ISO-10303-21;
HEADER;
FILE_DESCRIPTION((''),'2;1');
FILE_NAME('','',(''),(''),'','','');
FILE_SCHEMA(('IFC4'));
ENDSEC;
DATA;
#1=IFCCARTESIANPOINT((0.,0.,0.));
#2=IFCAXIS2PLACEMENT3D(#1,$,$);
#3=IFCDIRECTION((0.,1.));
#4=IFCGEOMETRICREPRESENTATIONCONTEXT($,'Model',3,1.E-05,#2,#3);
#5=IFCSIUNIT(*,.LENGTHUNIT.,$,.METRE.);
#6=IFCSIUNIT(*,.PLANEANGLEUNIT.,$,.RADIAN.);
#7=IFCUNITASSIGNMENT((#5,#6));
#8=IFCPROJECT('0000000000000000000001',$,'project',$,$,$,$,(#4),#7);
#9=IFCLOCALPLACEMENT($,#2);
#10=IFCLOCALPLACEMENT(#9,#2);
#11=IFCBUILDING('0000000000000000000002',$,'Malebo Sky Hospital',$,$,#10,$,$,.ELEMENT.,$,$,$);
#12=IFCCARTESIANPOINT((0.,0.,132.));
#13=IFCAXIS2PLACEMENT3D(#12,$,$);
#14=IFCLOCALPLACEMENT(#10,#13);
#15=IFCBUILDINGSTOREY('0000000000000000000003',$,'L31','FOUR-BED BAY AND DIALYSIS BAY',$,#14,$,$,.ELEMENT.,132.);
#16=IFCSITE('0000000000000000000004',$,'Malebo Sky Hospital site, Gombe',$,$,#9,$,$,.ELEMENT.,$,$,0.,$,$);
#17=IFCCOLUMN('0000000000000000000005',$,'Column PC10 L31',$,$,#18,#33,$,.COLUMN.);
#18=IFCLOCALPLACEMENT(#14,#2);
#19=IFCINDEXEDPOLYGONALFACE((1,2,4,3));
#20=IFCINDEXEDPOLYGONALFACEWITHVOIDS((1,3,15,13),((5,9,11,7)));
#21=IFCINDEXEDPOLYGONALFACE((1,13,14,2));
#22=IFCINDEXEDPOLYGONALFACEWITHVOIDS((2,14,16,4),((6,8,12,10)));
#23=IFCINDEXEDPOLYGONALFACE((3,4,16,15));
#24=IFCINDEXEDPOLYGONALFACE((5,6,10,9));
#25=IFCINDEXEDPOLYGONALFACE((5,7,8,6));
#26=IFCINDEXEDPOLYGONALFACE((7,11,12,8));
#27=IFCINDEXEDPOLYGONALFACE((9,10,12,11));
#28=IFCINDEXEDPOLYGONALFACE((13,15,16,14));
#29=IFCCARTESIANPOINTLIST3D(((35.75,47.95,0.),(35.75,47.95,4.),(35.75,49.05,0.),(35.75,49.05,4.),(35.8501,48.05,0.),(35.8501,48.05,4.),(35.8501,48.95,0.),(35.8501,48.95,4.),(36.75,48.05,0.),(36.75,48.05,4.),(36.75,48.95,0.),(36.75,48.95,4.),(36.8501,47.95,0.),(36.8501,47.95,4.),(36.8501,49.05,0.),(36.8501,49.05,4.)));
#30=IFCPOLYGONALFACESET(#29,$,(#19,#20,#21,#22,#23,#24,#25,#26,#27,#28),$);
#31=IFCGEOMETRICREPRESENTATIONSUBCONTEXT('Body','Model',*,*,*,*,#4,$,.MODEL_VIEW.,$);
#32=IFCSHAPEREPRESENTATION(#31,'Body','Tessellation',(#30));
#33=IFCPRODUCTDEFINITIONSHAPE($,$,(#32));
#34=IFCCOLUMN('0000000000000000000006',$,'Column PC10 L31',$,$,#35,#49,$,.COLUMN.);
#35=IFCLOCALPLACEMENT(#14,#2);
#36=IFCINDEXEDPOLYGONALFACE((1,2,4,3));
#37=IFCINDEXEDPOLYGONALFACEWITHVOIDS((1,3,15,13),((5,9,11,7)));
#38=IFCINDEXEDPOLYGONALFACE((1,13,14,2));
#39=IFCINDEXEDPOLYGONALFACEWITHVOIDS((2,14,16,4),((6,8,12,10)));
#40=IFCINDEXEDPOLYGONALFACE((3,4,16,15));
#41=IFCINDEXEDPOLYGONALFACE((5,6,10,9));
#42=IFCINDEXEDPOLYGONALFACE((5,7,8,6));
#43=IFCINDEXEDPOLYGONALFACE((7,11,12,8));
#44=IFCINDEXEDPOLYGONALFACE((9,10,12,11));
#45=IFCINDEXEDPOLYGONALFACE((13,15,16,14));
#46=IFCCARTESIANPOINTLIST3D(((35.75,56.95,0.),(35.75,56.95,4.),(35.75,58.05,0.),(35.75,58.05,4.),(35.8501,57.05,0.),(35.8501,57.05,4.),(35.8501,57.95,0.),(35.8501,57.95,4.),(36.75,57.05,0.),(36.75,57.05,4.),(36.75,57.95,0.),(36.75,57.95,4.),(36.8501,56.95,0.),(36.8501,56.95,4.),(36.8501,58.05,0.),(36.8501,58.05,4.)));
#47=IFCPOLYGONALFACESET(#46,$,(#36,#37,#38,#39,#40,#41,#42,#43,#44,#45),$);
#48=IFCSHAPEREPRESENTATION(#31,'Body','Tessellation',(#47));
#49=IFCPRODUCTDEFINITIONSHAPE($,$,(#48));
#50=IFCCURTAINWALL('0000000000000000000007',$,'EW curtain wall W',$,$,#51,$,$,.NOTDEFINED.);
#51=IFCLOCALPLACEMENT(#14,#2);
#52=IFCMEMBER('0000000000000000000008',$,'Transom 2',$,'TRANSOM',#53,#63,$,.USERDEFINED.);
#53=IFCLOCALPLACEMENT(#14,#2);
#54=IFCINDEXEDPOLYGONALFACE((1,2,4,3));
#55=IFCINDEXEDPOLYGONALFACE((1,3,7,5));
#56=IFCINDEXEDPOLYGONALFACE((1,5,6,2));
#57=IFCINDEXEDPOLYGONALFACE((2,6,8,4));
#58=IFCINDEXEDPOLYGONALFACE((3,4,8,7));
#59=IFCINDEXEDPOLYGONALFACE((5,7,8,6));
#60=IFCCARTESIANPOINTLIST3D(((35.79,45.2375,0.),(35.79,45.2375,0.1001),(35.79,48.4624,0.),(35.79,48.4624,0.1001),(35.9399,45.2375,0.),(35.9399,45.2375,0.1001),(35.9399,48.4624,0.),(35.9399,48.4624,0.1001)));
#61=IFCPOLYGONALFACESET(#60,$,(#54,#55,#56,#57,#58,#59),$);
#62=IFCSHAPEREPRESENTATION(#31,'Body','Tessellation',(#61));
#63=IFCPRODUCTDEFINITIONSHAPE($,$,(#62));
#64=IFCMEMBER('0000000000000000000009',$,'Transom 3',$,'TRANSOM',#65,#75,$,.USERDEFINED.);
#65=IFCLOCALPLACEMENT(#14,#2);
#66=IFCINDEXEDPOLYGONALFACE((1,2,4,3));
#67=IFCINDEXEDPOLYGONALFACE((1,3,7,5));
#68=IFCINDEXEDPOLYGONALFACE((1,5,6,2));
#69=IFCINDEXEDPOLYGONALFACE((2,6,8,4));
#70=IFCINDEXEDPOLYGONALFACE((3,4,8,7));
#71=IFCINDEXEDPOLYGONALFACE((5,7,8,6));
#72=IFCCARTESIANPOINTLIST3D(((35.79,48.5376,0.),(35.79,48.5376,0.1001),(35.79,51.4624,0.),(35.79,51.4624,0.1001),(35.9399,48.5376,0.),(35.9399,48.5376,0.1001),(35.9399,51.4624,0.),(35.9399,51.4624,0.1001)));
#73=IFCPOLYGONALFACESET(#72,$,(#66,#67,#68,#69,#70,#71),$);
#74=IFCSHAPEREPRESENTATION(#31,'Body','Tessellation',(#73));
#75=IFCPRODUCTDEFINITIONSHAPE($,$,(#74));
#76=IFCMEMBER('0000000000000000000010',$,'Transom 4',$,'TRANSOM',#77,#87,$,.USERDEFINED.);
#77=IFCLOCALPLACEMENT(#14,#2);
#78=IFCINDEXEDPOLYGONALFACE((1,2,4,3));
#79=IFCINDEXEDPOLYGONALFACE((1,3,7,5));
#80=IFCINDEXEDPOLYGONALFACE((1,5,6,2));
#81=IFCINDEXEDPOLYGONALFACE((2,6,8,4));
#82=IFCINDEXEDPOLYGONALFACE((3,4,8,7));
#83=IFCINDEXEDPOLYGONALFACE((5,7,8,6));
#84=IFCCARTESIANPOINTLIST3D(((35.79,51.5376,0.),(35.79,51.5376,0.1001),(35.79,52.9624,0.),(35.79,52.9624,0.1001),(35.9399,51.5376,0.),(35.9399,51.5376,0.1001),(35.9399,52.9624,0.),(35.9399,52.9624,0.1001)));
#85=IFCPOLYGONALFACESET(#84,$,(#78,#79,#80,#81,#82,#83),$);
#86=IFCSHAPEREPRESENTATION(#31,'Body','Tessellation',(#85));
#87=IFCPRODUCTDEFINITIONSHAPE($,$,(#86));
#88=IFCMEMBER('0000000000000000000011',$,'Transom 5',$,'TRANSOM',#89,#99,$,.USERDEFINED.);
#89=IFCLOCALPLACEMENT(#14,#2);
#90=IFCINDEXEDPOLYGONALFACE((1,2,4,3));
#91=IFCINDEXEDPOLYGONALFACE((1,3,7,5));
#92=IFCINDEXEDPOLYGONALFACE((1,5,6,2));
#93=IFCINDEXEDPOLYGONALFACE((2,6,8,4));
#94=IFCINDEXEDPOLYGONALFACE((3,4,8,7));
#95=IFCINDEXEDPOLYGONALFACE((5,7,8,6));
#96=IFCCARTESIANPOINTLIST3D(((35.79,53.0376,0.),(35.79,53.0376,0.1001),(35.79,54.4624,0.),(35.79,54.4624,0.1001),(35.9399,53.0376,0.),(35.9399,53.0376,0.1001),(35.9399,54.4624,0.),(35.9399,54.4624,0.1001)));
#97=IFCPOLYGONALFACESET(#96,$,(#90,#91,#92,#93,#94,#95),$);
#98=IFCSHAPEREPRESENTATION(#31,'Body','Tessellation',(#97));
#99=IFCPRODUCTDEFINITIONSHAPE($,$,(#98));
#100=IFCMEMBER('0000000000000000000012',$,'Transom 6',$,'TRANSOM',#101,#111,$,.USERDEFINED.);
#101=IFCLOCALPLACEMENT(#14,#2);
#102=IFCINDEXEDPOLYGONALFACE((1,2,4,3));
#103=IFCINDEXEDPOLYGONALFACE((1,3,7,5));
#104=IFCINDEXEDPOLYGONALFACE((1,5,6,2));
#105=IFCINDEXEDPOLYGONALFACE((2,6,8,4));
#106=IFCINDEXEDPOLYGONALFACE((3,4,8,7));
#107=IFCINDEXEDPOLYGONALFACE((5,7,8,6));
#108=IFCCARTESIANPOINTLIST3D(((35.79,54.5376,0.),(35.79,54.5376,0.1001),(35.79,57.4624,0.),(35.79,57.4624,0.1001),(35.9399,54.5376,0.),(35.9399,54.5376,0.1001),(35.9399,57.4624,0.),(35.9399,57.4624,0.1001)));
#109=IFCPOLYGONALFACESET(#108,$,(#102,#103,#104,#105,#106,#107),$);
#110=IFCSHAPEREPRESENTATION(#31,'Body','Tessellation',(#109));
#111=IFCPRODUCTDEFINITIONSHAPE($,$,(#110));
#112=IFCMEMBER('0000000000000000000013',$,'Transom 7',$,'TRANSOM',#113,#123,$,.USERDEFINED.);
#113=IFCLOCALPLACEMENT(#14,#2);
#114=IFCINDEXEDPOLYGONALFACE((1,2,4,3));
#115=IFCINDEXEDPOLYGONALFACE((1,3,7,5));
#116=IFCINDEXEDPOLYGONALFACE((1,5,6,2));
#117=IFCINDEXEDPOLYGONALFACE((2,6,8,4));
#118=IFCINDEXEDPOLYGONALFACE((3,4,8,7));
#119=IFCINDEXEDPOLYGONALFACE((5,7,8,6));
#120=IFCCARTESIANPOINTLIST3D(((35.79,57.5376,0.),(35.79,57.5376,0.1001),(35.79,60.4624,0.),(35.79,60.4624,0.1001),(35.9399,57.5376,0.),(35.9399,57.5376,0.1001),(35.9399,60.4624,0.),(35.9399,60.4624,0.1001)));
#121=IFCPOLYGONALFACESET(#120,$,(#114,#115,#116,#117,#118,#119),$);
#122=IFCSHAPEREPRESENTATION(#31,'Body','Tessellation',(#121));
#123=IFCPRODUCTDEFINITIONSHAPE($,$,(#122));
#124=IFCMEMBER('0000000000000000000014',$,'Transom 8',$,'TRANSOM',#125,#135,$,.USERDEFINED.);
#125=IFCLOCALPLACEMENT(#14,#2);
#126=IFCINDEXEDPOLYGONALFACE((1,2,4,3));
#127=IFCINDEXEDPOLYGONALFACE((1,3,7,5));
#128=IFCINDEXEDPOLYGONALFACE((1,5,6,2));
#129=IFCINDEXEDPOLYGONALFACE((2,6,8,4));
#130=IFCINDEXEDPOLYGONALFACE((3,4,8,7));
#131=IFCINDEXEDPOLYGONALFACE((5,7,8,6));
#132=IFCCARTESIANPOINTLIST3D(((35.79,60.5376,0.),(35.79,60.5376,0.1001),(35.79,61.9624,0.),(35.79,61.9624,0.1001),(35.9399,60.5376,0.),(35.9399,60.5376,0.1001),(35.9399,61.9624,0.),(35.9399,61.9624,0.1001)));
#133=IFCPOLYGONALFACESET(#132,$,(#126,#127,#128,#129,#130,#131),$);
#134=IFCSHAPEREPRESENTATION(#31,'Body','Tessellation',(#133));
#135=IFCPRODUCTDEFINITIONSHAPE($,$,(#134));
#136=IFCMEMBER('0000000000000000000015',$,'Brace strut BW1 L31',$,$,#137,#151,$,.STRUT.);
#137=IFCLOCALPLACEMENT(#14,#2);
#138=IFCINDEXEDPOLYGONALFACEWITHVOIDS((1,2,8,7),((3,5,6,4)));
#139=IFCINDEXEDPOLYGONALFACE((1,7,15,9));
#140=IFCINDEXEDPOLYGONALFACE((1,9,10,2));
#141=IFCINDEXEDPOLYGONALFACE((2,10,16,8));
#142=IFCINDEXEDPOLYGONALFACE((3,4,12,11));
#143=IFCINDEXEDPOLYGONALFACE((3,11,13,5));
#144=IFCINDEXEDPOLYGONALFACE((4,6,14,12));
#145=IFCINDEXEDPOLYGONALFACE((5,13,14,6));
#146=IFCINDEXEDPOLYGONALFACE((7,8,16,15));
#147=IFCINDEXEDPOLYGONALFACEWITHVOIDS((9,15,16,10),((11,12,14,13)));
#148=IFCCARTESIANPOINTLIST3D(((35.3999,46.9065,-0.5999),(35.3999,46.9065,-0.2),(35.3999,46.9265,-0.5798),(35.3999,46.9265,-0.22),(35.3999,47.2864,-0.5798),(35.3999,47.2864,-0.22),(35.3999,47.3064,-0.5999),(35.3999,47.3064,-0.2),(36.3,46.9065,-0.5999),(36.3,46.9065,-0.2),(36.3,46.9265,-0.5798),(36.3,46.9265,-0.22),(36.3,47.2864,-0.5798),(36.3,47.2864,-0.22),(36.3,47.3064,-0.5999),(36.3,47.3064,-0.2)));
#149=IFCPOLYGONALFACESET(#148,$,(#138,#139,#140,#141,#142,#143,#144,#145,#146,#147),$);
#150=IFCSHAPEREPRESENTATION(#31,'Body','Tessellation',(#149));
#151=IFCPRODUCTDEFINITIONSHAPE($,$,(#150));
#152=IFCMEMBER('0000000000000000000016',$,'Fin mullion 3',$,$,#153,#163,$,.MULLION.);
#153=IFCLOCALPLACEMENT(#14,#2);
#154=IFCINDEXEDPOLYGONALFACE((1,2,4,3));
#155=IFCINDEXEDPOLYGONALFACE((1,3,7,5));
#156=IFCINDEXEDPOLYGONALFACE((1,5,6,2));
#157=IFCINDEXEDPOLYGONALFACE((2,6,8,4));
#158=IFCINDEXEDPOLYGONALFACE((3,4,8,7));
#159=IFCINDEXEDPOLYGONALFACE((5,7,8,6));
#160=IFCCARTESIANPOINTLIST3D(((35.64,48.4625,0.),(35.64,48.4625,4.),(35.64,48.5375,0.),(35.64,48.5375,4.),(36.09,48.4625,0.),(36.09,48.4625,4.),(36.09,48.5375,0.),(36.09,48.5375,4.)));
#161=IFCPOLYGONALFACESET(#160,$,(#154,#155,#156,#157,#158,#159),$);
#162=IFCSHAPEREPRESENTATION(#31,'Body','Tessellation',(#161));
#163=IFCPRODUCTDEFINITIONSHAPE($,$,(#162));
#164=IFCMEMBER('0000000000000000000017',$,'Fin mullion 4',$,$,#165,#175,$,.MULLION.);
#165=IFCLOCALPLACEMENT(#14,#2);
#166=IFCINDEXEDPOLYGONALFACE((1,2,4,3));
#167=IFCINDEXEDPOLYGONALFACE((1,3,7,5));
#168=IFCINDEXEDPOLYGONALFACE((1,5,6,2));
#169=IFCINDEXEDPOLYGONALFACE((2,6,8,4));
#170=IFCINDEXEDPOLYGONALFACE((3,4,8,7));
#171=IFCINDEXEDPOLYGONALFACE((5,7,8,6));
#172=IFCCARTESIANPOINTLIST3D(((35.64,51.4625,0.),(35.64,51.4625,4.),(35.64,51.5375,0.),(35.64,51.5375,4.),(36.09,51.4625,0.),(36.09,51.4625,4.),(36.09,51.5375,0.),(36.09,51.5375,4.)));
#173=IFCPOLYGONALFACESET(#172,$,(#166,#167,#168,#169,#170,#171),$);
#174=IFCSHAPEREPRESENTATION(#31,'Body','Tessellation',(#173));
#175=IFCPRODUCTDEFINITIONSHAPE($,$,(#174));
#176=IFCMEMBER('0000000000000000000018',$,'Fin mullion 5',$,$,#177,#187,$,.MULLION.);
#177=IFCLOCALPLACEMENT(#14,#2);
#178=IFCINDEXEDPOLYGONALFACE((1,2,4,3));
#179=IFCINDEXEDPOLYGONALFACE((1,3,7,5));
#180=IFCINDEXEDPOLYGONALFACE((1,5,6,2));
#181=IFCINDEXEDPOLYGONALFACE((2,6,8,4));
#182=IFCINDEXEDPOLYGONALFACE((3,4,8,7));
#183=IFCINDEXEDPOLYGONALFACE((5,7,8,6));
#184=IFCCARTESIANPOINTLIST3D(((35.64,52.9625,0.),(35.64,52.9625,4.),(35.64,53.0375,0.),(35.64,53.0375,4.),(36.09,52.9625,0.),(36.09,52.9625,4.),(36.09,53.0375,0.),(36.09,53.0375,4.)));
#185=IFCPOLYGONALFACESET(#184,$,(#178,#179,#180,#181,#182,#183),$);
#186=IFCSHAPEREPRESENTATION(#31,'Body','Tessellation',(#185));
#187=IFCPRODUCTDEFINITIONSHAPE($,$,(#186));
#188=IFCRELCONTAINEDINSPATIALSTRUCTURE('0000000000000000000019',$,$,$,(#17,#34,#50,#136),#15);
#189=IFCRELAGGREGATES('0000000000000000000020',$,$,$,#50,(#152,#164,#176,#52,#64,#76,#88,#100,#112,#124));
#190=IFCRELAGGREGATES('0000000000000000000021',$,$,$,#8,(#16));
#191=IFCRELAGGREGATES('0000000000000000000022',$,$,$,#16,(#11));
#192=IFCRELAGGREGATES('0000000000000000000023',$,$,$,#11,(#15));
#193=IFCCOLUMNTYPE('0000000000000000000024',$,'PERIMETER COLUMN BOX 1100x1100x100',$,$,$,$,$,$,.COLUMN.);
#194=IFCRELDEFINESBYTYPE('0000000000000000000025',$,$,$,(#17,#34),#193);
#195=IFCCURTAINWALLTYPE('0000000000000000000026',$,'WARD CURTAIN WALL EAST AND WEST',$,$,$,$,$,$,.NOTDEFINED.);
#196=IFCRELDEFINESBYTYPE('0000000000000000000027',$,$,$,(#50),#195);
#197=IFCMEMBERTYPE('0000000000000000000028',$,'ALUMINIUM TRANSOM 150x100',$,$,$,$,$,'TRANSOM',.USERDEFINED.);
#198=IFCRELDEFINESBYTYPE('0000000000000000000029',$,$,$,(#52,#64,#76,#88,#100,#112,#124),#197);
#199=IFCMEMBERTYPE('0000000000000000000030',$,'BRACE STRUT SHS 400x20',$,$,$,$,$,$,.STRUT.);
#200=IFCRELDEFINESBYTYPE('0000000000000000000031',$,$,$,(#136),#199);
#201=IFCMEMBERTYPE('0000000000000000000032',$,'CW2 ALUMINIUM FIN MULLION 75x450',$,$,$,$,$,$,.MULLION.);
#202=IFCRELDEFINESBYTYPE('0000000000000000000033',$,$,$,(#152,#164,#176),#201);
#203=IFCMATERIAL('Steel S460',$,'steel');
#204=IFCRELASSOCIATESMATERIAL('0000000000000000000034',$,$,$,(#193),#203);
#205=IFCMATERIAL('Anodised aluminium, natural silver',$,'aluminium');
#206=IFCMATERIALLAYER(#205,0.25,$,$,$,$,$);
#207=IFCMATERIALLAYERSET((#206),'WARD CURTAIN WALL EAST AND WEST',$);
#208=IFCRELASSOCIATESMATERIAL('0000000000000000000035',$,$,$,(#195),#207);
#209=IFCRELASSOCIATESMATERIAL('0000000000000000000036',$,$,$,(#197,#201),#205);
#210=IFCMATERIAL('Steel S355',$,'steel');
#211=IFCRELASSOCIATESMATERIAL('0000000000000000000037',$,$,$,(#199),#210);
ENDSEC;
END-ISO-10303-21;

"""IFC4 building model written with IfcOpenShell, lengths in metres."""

from ifc_helpers import new_model, si_unit, direction, frame, origin, origin_2d, place, context, subcontext, project, spatial, rectangle, hollow_rectangle, extrude, material, layer, layer_set, material_profile, profile_set, type_object, element, aggregate, save


model = new_model("IFC4")

# Units and contexts
model_context = context("Model", 3, precision=1e-05, world=origin(), true_north=direction((0.0, 1.0)))
body_context = subcontext(model_context, "Body", "Model", "MODEL_VIEW")
ifc_project = project(units=[si_unit("LENGTHUNIT", "METRE"), si_unit("PLANEANGLEUNIT", "RADIAN")], contexts=[model_context])

# Site, building, storey
site_placement = place(None, origin())
site = spatial("IfcSite", under=ifc_project, at=site_placement, Name="Malebo Sky Hospital site, Gombe", CompositionType="ELEMENT", RefElevation=0.0)
building_placement = place(site_placement, origin())
building = spatial("IfcBuilding", under=site, at=building_placement, Name="Malebo Sky Hospital", CompositionType="ELEMENT")
storey_placement = place(building_placement, frame((0.0, 0.0, 132.0)))
storey = spatial("IfcBuildingStorey", under=building, at=storey_placement, Name="L31", Description="FOUR-BED BAY AND DIALYSIS BAY", CompositionType="ELEMENT", Elevation=132.0)

# Columns
ifc_material_1 = material(Name="Steel S460", Category="steel")
ifc_material_profile_1 = material_profile(ifc_material_1, hollow_rectangle(XDim=1.1001, YDim=1.1001, WallThickness=0.1001, at=origin_2d()), Name="BOX 1100x1100x100")
ifc_profile_set_1 = profile_set([ifc_material_profile_1], Name="Steel S460")
column_type = type_object("IfcColumnType", Name="PERIMETER COLUMN BOX 1100x1100x100", PredefinedType="COLUMN", material=ifc_profile_set_1)
for number, where, z_axis, x_axis, name in (
    (1, (36.3, 48.5, 0.0), (0.0, 0.0, 1.0), (1.0, 0.0, 0.0), "Column PC10 L31"),
    (2, (36.3, 57.5, 0.0), (0.0, 0.0, 1.0), (1.0, 0.0, 0.0), "Column PC10 L31"),
):
    element("IfcColumn", number, at=place(storey_placement, frame(where, z_axis=z_axis, x_axis=x_axis)), inside=storey, type_object=column_type, Name=name, PredefinedType="COLUMN", context=body_context, shape_type="SweptSolid", body=[
        extrude(hollow_rectangle(XDim=1.1001, YDim=1.1001, WallThickness=0.1001, at=origin_2d()), origin(), (0.0, 0.0, 1.0), 4.0),
    ])

# Curtain wall, members
ifc_material_2 = material(Name="Anodised aluminium, natural silver", Category="aluminium")
ifc_layer_1 = layer(ifc_material_2, 0.25)
ifc_layer_set_1 = layer_set([ifc_layer_1], Name="WARD CURTAIN WALL EAST AND WEST")
curtain_wall_type = type_object("IfcCurtainWallType", Name="WARD CURTAIN WALL EAST AND WEST", PredefinedType="NOTDEFINED", material=ifc_layer_set_1)
curtain_wall_placement = place(storey_placement, origin())
curtain_wall = element("IfcCurtainWall", 3, at=curtain_wall_placement, inside=storey, type_object=curtain_wall_type, Name="EW curtain wall W", PredefinedType="NOTDEFINED")
ifc_material_profile_2 = material_profile(ifc_material_2, rectangle(XDim=0.1499, YDim=0.1001, at=origin_2d()), Name="ALUMINIUM TRANSOM 150x100")
ifc_profile_set_2 = profile_set([ifc_material_profile_2], Name="Anodised aluminium, natural silver")
member_type_1 = type_object("IfcMemberType", Name="ALUMINIUM TRANSOM 150x100", ElementType="TRANSOM", PredefinedType="USERDEFINED", material=ifc_profile_set_2)
member_1_placement = place(storey_placement, frame((35.865, 45.2375, 0.05), z_axis=(0.0, 1.0, 0.0), x_axis=(-1.0, 0.0, 0.0)))
member_1 = element("IfcMember", 4, at=member_1_placement, type_object=member_type_1, Name="Transom 2", ObjectType="TRANSOM", PredefinedType="USERDEFINED", context=body_context, shape_type="SweptSolid", body=[
    extrude(rectangle(XDim=0.1499, YDim=0.1001, at=origin_2d()), origin(), (0.0, 0.0, 1.0), 3.2249),
])
member_2_placement = place(storey_placement, frame((35.865, 48.5376, 0.05), z_axis=(0.0, 1.0, 0.0), x_axis=(-1.0, 0.0, 0.0)))
member_2 = element("IfcMember", 5, at=member_2_placement, type_object=member_type_1, Name="Transom 3", ObjectType="TRANSOM", PredefinedType="USERDEFINED", context=body_context, shape_type="SweptSolid", body=[
    extrude(rectangle(XDim=0.1499, YDim=0.1001, at=origin_2d()), origin(), (0.0, 0.0, 1.0), 2.9248),
])
member_3_placement = place(storey_placement, frame((35.865, 51.5376, 0.05), z_axis=(0.0, 1.0, 0.0), x_axis=(-1.0, 0.0, 0.0)))
member_3 = element("IfcMember", 6, at=member_3_placement, type_object=member_type_1, Name="Transom 4", ObjectType="TRANSOM", PredefinedType="USERDEFINED", context=body_context, shape_type="SweptSolid", body=[
    extrude(rectangle(XDim=0.1499, YDim=0.1001, at=origin_2d()), origin(), (0.0, 0.0, 1.0), 1.4248),
])
member_4_placement = place(storey_placement, frame((35.865, 53.0376, 0.05), z_axis=(0.0, 1.0, 0.0), x_axis=(-1.0, 0.0, 0.0)))
member_4 = element("IfcMember", 7, at=member_4_placement, type_object=member_type_1, Name="Transom 5", ObjectType="TRANSOM", PredefinedType="USERDEFINED", context=body_context, shape_type="SweptSolid", body=[
    extrude(rectangle(XDim=0.1499, YDim=0.1001, at=origin_2d()), origin(), (0.0, 0.0, 1.0), 1.4248),
])
member_5_placement = place(storey_placement, frame((35.865, 54.5376, 0.05), z_axis=(0.0, 1.0, 0.0), x_axis=(-1.0, 0.0, 0.0)))
member_5 = element("IfcMember", 8, at=member_5_placement, type_object=member_type_1, Name="Transom 6", ObjectType="TRANSOM", PredefinedType="USERDEFINED", context=body_context, shape_type="SweptSolid", body=[
    extrude(rectangle(XDim=0.1499, YDim=0.1001, at=origin_2d()), origin(), (0.0, 0.0, 1.0), 2.9248),
])
member_6_placement = place(storey_placement, frame((35.865, 57.5376, 0.05), z_axis=(0.0, 1.0, 0.0), x_axis=(-1.0, 0.0, 0.0)))
member_6 = element("IfcMember", 9, at=member_6_placement, type_object=member_type_1, Name="Transom 7", ObjectType="TRANSOM", PredefinedType="USERDEFINED", context=body_context, shape_type="SweptSolid", body=[
    extrude(rectangle(XDim=0.1499, YDim=0.1001, at=origin_2d()), origin(), (0.0, 0.0, 1.0), 2.9248),
])
member_7_placement = place(storey_placement, frame((35.865, 60.5376, 0.05), z_axis=(0.0, 1.0, 0.0), x_axis=(-1.0, 0.0, 0.0)))
member_7 = element("IfcMember", 10, at=member_7_placement, type_object=member_type_1, Name="Transom 8", ObjectType="TRANSOM", PredefinedType="USERDEFINED", context=body_context, shape_type="SweptSolid", body=[
    extrude(rectangle(XDim=0.1499, YDim=0.1001, at=origin_2d()), origin(), (0.0, 0.0, 1.0), 1.4248),
])

# Members
ifc_material_3 = material(Name="Steel S355", Category="steel")
ifc_material_profile_3 = material_profile(ifc_material_3, hollow_rectangle(XDim=0.3999, YDim=0.3999, WallThickness=0.02, at=origin_2d()), Name="SHS 400x20")
ifc_profile_set_3 = profile_set([ifc_material_profile_3], Name="Steel S355")
member_type_2 = type_object("IfcMemberType", Name="BRACE STRUT SHS 400x20", PredefinedType="STRUT", material=ifc_profile_set_3)
member_8_placement = place(storey_placement, frame((35.3999, 47.1064, -0.3999), z_axis=(1.0, 0.0, 0.0), x_axis=(0.0, 1.0, 0.0)))
element("IfcMember", 11, at=member_8_placement, inside=storey, type_object=member_type_2, Name="Brace strut BW1 L31", PredefinedType="STRUT", context=body_context, shape_type="SweptSolid", body=[
    extrude(hollow_rectangle(XDim=0.3999, YDim=0.3999, WallThickness=0.02, at=origin_2d()), origin(), (0.0, 0.0, 1.0), 0.9001),
])
ifc_material_profile_4 = material_profile(ifc_material_2, rectangle(XDim=0.075, YDim=0.45, at=origin_2d()), Name="CW2 ALUMINIUM FIN MULLION 75x450")
ifc_profile_set_4 = profile_set([ifc_material_profile_4], Name="Anodised aluminium, natural silver")
member_type_3 = type_object("IfcMemberType", Name="CW2 ALUMINIUM FIN MULLION 75x450", PredefinedType="MULLION", material=ifc_profile_set_4)
member_9_placement = place(storey_placement, frame((35.865, 48.5, 0.0), z_axis=(0.0, 0.0, 1.0), x_axis=(0.0, 1.0, 0.0)))
member_9 = element("IfcMember", 12, at=member_9_placement, type_object=member_type_3, Name="Fin mullion 3", PredefinedType="MULLION", context=body_context, shape_type="SweptSolid", body=[
    extrude(rectangle(XDim=0.075, YDim=0.45, at=origin_2d()), origin(), (0.0, 0.0, 1.0), 4.0),
])
member_10_placement = place(storey_placement, frame((35.865, 51.5, 0.0), z_axis=(0.0, 0.0, 1.0), x_axis=(0.0, 1.0, 0.0)))
member_10 = element("IfcMember", 13, at=member_10_placement, type_object=member_type_3, Name="Fin mullion 4", PredefinedType="MULLION", context=body_context, shape_type="SweptSolid", body=[
    extrude(rectangle(XDim=0.075, YDim=0.45, at=origin_2d()), origin(), (0.0, 0.0, 1.0), 4.0),
])
member_11_placement = place(storey_placement, frame((35.865, 53.0, 0.0), z_axis=(0.0, 0.0, 1.0), x_axis=(0.0, 1.0, 0.0)))
member_11 = element("IfcMember", 14, at=member_11_placement, type_object=member_type_3, Name="Fin mullion 5", PredefinedType="MULLION", context=body_context, shape_type="SweptSolid", body=[
    extrude(rectangle(XDim=0.075, YDim=0.45, at=origin_2d()), origin(), (0.0, 0.0, 1.0), 4.0),
])

aggregate(curtain_wall, [member_9, member_10, member_11, member_1, member_2, member_3, member_4, member_5, member_6, member_7])

save(model, "model.ifc")
